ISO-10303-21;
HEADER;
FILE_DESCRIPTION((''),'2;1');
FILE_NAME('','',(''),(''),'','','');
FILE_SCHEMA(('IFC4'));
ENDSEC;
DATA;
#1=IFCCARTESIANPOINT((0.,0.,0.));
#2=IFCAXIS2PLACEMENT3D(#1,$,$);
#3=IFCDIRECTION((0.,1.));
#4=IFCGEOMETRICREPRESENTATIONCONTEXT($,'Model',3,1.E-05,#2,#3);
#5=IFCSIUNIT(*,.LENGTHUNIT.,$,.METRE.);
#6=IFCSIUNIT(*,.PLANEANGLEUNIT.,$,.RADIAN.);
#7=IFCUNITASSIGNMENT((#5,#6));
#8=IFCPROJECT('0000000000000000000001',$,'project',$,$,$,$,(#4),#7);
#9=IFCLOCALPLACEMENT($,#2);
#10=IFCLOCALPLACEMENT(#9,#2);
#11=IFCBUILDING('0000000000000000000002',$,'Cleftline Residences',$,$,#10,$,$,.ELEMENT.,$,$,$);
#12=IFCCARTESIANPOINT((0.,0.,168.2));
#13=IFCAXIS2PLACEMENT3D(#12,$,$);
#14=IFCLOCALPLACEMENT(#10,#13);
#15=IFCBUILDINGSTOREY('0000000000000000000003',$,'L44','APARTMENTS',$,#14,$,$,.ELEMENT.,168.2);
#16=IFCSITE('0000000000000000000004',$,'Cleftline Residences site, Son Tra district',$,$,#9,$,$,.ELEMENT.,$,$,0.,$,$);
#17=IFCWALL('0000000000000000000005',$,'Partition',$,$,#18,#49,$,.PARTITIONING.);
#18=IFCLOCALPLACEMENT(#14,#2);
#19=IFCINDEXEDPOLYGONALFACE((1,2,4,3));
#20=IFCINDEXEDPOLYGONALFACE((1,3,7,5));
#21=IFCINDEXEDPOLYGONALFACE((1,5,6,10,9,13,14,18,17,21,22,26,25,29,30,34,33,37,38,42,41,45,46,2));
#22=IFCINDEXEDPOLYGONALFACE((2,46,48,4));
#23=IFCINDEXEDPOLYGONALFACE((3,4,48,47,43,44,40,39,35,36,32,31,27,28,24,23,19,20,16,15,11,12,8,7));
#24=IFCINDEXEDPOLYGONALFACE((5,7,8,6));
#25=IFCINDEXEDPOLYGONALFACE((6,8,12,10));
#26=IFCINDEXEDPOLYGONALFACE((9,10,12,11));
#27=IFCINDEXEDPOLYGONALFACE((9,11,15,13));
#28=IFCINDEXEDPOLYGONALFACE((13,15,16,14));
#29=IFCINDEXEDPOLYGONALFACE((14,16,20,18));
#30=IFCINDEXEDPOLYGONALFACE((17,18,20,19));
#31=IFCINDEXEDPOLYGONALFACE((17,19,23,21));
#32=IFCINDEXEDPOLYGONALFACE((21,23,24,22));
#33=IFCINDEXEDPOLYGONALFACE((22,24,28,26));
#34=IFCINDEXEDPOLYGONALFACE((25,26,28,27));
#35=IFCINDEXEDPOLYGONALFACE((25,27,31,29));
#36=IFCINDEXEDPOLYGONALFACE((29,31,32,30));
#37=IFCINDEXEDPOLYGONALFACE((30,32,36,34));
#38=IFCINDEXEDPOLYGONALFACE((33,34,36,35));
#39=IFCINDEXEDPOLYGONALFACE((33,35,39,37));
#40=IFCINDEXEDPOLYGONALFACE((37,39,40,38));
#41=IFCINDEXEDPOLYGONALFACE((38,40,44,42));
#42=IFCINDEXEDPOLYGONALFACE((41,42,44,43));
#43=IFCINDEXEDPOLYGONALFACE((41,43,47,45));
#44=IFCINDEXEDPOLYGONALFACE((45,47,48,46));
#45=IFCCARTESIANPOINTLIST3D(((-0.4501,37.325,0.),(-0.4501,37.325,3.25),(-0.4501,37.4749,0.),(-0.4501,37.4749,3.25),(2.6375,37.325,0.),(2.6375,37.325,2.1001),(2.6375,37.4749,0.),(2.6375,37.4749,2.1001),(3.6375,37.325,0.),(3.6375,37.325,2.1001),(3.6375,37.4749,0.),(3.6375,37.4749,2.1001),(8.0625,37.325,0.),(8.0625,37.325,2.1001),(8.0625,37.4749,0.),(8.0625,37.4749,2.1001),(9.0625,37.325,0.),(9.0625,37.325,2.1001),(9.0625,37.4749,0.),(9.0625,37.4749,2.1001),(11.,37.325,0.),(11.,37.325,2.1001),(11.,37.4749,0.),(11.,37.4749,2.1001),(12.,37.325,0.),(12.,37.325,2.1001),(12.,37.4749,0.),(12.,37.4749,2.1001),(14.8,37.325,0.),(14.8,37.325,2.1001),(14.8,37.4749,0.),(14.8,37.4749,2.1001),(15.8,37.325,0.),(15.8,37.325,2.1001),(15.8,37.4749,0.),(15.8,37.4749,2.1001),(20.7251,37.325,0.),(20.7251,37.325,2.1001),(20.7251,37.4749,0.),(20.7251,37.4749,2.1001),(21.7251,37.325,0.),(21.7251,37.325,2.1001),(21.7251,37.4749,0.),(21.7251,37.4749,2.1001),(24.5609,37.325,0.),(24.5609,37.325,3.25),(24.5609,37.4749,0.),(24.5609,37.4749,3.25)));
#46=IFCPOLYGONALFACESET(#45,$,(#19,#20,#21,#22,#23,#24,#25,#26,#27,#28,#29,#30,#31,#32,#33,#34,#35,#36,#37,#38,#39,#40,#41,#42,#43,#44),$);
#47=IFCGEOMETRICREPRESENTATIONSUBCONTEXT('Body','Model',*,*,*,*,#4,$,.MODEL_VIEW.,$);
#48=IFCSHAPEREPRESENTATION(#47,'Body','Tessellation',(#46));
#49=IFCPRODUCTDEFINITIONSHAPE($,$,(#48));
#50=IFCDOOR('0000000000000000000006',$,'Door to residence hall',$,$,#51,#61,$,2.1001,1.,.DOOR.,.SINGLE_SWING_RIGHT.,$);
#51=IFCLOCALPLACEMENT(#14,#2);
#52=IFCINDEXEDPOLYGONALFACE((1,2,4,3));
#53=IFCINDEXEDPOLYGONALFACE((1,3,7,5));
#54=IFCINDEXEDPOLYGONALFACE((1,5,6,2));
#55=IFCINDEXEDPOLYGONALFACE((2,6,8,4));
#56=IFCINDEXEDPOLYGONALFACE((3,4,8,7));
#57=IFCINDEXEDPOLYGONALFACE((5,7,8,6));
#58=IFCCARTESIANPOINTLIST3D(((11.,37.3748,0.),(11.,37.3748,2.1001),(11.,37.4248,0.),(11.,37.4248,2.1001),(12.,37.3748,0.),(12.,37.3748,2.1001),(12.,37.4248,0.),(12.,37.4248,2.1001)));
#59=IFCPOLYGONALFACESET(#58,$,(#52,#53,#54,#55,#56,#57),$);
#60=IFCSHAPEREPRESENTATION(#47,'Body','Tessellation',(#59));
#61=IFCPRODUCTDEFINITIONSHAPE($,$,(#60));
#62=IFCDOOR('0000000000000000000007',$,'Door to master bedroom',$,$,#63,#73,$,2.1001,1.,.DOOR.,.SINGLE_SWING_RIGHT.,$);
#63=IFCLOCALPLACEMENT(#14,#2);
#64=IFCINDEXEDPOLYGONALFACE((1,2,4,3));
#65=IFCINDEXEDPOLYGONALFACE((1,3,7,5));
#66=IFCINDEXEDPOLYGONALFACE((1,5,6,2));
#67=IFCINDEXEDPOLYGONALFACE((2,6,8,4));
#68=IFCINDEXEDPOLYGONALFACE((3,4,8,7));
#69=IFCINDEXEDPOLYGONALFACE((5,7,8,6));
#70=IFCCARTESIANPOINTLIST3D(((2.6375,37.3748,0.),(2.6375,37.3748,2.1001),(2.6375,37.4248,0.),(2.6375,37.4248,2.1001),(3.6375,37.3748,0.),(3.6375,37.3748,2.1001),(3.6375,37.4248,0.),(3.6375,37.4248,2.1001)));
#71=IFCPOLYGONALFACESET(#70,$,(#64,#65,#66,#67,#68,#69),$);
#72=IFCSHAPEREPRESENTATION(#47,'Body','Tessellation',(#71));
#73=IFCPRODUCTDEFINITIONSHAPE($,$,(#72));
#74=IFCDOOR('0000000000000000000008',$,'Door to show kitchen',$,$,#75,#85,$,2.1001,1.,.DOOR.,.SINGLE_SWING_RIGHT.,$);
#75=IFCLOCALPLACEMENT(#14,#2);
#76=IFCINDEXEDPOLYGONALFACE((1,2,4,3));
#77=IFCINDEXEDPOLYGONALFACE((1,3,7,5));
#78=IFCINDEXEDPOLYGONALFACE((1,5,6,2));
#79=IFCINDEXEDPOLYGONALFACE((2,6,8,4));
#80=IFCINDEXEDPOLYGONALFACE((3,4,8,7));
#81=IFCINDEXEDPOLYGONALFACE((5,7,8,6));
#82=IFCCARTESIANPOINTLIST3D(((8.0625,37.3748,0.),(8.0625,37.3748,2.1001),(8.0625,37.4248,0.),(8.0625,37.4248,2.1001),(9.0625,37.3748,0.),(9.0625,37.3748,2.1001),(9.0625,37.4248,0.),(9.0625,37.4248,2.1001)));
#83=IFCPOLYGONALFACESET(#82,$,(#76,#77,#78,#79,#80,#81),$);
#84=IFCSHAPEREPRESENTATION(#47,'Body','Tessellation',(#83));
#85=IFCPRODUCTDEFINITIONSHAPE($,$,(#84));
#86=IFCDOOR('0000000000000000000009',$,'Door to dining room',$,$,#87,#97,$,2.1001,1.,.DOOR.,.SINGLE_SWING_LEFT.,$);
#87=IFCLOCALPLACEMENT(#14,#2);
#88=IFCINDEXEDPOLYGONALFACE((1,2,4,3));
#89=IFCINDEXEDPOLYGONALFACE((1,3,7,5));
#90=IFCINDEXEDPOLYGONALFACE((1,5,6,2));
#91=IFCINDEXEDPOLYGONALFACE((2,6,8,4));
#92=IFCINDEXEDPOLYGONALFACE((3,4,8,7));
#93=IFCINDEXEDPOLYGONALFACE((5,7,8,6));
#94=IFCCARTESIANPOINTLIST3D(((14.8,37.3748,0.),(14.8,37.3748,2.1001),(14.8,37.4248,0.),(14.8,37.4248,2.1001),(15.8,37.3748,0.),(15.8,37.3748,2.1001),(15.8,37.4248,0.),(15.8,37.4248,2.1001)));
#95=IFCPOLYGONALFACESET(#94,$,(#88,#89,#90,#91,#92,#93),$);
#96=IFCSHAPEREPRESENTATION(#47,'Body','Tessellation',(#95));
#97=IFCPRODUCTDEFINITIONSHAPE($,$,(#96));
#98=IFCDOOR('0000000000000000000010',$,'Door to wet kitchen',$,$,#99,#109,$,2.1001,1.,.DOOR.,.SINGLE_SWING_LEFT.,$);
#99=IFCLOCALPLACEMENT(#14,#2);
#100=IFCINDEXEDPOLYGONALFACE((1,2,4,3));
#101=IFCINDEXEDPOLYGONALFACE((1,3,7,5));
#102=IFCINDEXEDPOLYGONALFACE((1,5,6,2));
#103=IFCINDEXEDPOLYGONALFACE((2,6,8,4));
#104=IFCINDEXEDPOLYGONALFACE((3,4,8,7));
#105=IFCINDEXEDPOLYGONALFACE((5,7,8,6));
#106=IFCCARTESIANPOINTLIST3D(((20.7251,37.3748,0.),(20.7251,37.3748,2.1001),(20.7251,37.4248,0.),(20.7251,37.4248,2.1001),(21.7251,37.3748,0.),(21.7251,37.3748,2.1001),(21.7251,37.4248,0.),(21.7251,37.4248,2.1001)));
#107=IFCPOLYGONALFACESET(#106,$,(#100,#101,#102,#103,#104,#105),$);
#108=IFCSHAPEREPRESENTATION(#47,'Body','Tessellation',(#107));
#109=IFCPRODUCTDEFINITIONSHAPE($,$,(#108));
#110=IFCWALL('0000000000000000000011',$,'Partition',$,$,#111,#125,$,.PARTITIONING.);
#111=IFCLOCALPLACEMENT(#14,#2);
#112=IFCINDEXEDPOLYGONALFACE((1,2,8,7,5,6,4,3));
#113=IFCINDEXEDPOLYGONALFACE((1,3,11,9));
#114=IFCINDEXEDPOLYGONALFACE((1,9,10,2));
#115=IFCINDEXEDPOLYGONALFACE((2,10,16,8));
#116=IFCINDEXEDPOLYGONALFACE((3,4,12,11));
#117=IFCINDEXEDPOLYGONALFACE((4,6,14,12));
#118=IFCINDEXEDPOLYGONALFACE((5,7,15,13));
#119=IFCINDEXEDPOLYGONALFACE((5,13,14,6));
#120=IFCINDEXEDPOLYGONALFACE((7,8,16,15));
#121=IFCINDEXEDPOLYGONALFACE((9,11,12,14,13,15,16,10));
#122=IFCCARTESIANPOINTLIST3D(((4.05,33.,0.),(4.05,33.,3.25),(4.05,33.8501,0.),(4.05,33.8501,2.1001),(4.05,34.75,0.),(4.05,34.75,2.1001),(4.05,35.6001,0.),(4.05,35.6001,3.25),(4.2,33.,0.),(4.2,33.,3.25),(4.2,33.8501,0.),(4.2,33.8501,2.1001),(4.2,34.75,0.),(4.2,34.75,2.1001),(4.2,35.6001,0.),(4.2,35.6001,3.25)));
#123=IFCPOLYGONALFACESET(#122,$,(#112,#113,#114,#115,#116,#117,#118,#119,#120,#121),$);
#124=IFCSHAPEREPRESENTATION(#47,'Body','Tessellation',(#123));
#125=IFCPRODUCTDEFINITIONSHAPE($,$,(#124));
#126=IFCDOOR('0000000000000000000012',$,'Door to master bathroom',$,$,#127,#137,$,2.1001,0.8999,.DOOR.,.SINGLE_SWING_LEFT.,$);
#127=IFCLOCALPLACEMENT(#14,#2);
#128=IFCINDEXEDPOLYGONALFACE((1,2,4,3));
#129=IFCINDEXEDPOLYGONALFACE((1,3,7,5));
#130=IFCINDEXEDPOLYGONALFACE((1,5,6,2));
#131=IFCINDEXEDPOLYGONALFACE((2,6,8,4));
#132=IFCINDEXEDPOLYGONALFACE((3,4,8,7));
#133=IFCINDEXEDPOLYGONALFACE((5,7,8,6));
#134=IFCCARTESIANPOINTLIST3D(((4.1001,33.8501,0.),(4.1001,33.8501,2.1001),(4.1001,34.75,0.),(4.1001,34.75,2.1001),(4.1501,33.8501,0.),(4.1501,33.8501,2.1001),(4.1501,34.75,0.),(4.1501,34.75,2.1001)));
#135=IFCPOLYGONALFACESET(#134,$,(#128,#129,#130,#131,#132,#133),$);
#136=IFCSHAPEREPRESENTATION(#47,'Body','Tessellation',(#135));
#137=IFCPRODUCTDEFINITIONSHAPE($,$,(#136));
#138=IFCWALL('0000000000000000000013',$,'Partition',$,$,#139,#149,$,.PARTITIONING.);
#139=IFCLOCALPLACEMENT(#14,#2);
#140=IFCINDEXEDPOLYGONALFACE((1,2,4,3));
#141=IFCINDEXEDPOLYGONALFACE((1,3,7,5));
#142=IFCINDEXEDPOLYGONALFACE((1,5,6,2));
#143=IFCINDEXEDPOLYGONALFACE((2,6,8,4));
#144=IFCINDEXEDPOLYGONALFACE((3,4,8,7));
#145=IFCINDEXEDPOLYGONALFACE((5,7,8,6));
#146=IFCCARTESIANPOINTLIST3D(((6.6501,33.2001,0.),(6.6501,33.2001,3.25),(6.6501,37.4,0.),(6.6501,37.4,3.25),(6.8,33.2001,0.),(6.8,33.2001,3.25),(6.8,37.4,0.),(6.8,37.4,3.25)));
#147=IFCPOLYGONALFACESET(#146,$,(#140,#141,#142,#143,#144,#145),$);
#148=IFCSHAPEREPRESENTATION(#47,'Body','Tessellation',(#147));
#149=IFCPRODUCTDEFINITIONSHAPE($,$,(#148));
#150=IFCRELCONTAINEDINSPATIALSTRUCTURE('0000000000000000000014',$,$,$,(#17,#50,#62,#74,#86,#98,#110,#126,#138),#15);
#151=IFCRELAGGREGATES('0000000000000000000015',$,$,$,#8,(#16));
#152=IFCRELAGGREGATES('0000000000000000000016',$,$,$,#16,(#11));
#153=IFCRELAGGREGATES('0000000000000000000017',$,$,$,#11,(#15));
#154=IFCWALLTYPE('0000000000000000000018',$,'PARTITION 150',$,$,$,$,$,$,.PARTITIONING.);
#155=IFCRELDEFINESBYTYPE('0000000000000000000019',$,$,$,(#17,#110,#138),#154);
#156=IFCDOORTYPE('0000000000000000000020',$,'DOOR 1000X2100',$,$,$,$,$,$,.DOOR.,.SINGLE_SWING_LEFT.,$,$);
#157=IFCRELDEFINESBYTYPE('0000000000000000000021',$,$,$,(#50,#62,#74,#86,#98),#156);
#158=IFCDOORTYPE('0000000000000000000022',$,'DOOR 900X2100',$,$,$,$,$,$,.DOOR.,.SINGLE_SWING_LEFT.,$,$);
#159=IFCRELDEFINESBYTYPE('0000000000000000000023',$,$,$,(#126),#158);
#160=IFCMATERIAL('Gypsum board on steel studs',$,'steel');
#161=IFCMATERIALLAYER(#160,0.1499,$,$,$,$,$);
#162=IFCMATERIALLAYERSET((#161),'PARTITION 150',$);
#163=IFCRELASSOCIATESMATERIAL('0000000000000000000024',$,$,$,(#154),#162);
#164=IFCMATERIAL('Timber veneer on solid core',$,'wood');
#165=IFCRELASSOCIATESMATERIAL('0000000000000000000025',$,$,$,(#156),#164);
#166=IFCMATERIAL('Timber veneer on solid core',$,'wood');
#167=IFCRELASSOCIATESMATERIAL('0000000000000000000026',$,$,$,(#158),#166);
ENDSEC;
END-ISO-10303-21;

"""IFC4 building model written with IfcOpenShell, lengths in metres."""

from ifc_helpers import new_model, si_unit, direction, frame, frame_2d, origin, place, context, subcontext, project, spatial, rectangle, extrude, material, layer, layer_set, type_object, element, fill, save


model = new_model("IFC4")

# Units and contexts
model_context = context("Model", 3, precision=1e-05, world=origin(), true_north=direction((0.0, 1.0)))
body_context = subcontext(model_context, "Body", "Model", "MODEL_VIEW")
ifc_project = project(units=[si_unit("LENGTHUNIT", "METRE"), si_unit("PLANEANGLEUNIT", "RADIAN")], contexts=[model_context])

# Site, building, storey
site_placement = place(None, origin())
site = spatial("IfcSite", under=ifc_project, at=site_placement, Name="Cleftline Residences site, Son Tra district", CompositionType="ELEMENT", RefElevation=0.0)
building_placement = place(site_placement, origin())
building = spatial("IfcBuilding", under=site, at=building_placement, Name="Cleftline Residences", CompositionType="ELEMENT")
storey_placement = place(building_placement, frame((0.0, 0.0, 168.2)))
storey = spatial("IfcBuildingStorey", under=building, at=storey_placement, Name="L44", Description="APARTMENTS", CompositionType="ELEMENT", Elevation=168.2)

# Shared definitions
ifc_material_1 = material(Name="Gypsum board on steel studs", Category="steel")
ifc_layer = layer(ifc_material_1, 0.1499)
ifc_layer_set = layer_set([ifc_layer], Name="PARTITION 150")
wall_type = type_object("IfcWallType", Name="PARTITION 150", PredefinedType="PARTITIONING", material=ifc_layer_set)

# Wall, openings, doors
wall_1_placement = place(storey_placement, frame((-0.45, 37.3999, 0.0), z_axis=(0.0, 0.0, 1.0), x_axis=(1.0, 0.0, 0.0)))
wall_1 = element("IfcWall", 1, at=wall_1_placement, inside=storey, type_object=wall_type, Name="Partition", PredefinedType="PARTITIONING", context=body_context, shape_type="SweptSolid", body=[
    extrude(rectangle(XDim=25.011, YDim=0.1499, at=frame_2d((12.5054, 0.0))), origin(), (0.0, 0.0, 1.0), 3.25),
])
opening_1_placement = place(wall_1_placement, frame((11.45, 0.0, 0.0)))
opening_1 = element("IfcOpeningElement", 2, at=opening_1_placement, cuts=wall_1, PredefinedType="OPENING", context=body_context, shape_type="SweptSolid", body=[
    extrude(rectangle(XDim=1.0, YDim=2.1001, at=frame_2d((0.5, 1.05))), frame((0.0, 0.085, 0.0), z_axis=(0.0, -1.0, 0.0), x_axis=(1.0, 0.0, 0.0)), (0.0, 0.0, 1.0), 0.1699),
])
opening_2_placement = place(wall_1_placement, frame((3.0874, 0.0, 0.0)))
opening_2 = element("IfcOpeningElement", 3, at=opening_2_placement, cuts=wall_1, PredefinedType="OPENING", context=body_context, shape_type="SweptSolid", body=[
    extrude(rectangle(XDim=1.0, YDim=2.1001, at=frame_2d((0.5, 1.05))), frame((0.0, 0.085, 0.0), z_axis=(0.0, -1.0, 0.0), x_axis=(1.0, 0.0, 0.0)), (0.0, 0.0, 1.0), 0.1699),
])
opening_3_placement = place(wall_1_placement, frame((8.5125, 0.0, 0.0)))
opening_3 = element("IfcOpeningElement", 4, at=opening_3_placement, cuts=wall_1, PredefinedType="OPENING", context=body_context, shape_type="SweptSolid", body=[
    extrude(rectangle(XDim=1.0, YDim=2.1001, at=frame_2d((0.5, 1.05))), frame((0.0, 0.085, 0.0), z_axis=(0.0, -1.0, 0.0), x_axis=(1.0, 0.0, 0.0)), (0.0, 0.0, 1.0), 0.1699),
])
opening_4_placement = place(wall_1_placement, frame((15.25, 0.0, 0.0)))
opening_4 = element("IfcOpeningElement", 5, at=opening_4_placement, cuts=wall_1, PredefinedType="OPENING", context=body_context, shape_type="SweptSolid", body=[
    extrude(rectangle(XDim=1.0, YDim=2.1001, at=frame_2d((0.5, 1.05))), frame((0.0, 0.085, 0.0), z_axis=(0.0, -1.0, 0.0), x_axis=(1.0, 0.0, 0.0)), (0.0, 0.0, 1.0), 0.1699),
])
opening_5_placement = place(wall_1_placement, frame((21.175, 0.0, 0.0)))
opening_5 = element("IfcOpeningElement", 6, at=opening_5_placement, cuts=wall_1, PredefinedType="OPENING", context=body_context, shape_type="SweptSolid", body=[
    extrude(rectangle(XDim=1.0, YDim=2.1001, at=frame_2d((0.5, 1.05))), frame((0.0, 0.085, 0.0), z_axis=(0.0, -1.0, 0.0), x_axis=(1.0, 0.0, 0.0)), (0.0, 0.0, 1.0), 0.1699),
])
ifc_material_2 = material(Name="Timber veneer on solid core", Category="wood")
door_type_1 = type_object("IfcDoorType", Name="DOOR 1000X2100", OperationType="SINGLE_SWING_LEFT", PredefinedType="DOOR", material=ifc_material_2)
door_1_placement = place(opening_1_placement, origin())
door_1 = element("IfcDoor", 7, at=door_1_placement, inside=storey, type_object=door_type_1, Name="Door to residence hall", OperationType="SINGLE_SWING_RIGHT", OverallHeight=2.1001, OverallWidth=1.0, PredefinedType="DOOR", context=body_context, shape_type="SweptSolid", body=[
    extrude(rectangle(XDim=1.0, YDim=2.1001, at=frame_2d((0.5, 1.05))), frame((0.0, 0.0249, 0.0), z_axis=(0.0, -1.0, 0.0), x_axis=(1.0, 0.0, 0.0)), (0.0, 0.0, 1.0), 0.05),
])
fill(opening_1, door_1)
door_2_placement = place(opening_2_placement, origin())
door_2 = element("IfcDoor", 8, at=door_2_placement, inside=storey, type_object=door_type_1, Name="Door to master bedroom", OperationType="SINGLE_SWING_RIGHT", OverallHeight=2.1001, OverallWidth=1.0, PredefinedType="DOOR", context=body_context, shape_type="SweptSolid", body=[
    extrude(rectangle(XDim=1.0, YDim=2.1001, at=frame_2d((0.5, 1.05))), frame((0.0, 0.0249, 0.0), z_axis=(0.0, -1.0, 0.0), x_axis=(1.0, 0.0, 0.0)), (0.0, 0.0, 1.0), 0.05),
])
fill(opening_2, door_2)
door_3_placement = place(opening_3_placement, origin())
door_3 = element("IfcDoor", 9, at=door_3_placement, inside=storey, type_object=door_type_1, Name="Door to show kitchen", OperationType="SINGLE_SWING_RIGHT", OverallHeight=2.1001, OverallWidth=1.0, PredefinedType="DOOR", context=body_context, shape_type="SweptSolid", body=[
    extrude(rectangle(XDim=1.0, YDim=2.1001, at=frame_2d((0.5, 1.05))), frame((0.0, 0.0249, 0.0), z_axis=(0.0, -1.0, 0.0), x_axis=(1.0, 0.0, 0.0)), (0.0, 0.0, 1.0), 0.05),
])
fill(opening_3, door_3)
door_4_placement = place(opening_4_placement, origin())
door_4 = element("IfcDoor", 10, at=door_4_placement, inside=storey, type_object=door_type_1, Name="Door to dining room", OperationType="SINGLE_SWING_LEFT", OverallHeight=2.1001, OverallWidth=1.0, PredefinedType="DOOR", context=body_context, shape_type="SweptSolid", body=[
    extrude(rectangle(XDim=1.0, YDim=2.1001, at=frame_2d((0.5, 1.05))), frame((0.0, 0.0249, 0.0), z_axis=(0.0, -1.0, 0.0), x_axis=(1.0, 0.0, 0.0)), (0.0, 0.0, 1.0), 0.05),
])
fill(opening_4, door_4)
door_5_placement = place(opening_5_placement, origin())
door_5 = element("IfcDoor", 11, at=door_5_placement, inside=storey, type_object=door_type_1, Name="Door to wet kitchen", OperationType="SINGLE_SWING_LEFT", OverallHeight=2.1001, OverallWidth=1.0, PredefinedType="DOOR", context=body_context, shape_type="SweptSolid", body=[
    extrude(rectangle(XDim=1.0, YDim=2.1001, at=frame_2d((0.5, 1.05))), frame((0.0, 0.0249, 0.0), z_axis=(0.0, -1.0, 0.0), x_axis=(1.0, 0.0, 0.0)), (0.0, 0.0, 1.0), 0.05),
])
fill(opening_5, door_5)

# Wall, opening, door
wall_2_placement = place(storey_placement, frame((4.125, 33.0, 0.0), z_axis=(0.0, 0.0, 1.0), x_axis=(0.0, 1.0, 0.0)))
wall_2 = element("IfcWall", 12, at=wall_2_placement, inside=storey, type_object=wall_type, Name="Partition", PredefinedType="PARTITIONING", context=body_context, shape_type="SweptSolid", body=[
    extrude(rectangle(XDim=2.6001, YDim=0.1499, at=frame_2d((1.3, 0.0))), origin(), (0.0, 0.0, 1.0), 3.25),
])
opening_6_placement = place(wall_2_placement, frame((0.8501, 0.0, 0.0)))
opening_6 = element("IfcOpeningElement", 13, at=opening_6_placement, cuts=wall_2, PredefinedType="OPENING", context=body_context, shape_type="SweptSolid", body=[
    extrude(rectangle(XDim=0.8999, YDim=2.1001, at=frame_2d((0.45, 1.05))), frame((0.0, 0.085, 0.0), z_axis=(0.0, -1.0, 0.0), x_axis=(1.0, 0.0, 0.0)), (0.0, 0.0, 1.0), 0.1699),
])
ifc_material_3 = material(Name="Timber veneer on solid core", Category="wood")
door_type_2 = type_object("IfcDoorType", Name="DOOR 900X2100", OperationType="SINGLE_SWING_LEFT", PredefinedType="DOOR", material=ifc_material_3)
door_6_placement = place(opening_6_placement, origin())
door_6 = element("IfcDoor", 14, at=door_6_placement, inside=storey, type_object=door_type_2, Name="Door to master bathroom", OperationType="SINGLE_SWING_LEFT", OverallHeight=2.1001, OverallWidth=0.8999, PredefinedType="DOOR", context=body_context, shape_type="SweptSolid", body=[
    extrude(rectangle(XDim=0.8999, YDim=2.1001, at=frame_2d((0.45, 1.05))), frame((0.0, 0.0249, 0.0), z_axis=(0.0, -1.0, 0.0), x_axis=(1.0, 0.0, 0.0)), (0.0, 0.0, 1.0), 0.05),
])
fill(opening_6, door_6)

# Wall
wall_3_placement = place(storey_placement, frame((6.7251, 33.2, 0.0), z_axis=(0.0, 0.0, 1.0), x_axis=(0.0, 1.0, 0.0)))
element("IfcWall", 15, at=wall_3_placement, inside=storey, type_object=wall_type, Name="Partition", PredefinedType="PARTITIONING", context=body_context, shape_type="SweptSolid", body=[
    extrude(rectangle(XDim=4.2, YDim=0.1499, at=frame_2d((2.1001, 0.0))), origin(), (0.0, 0.0, 1.0), 3.25),
])

save(model, "model.ifc")
